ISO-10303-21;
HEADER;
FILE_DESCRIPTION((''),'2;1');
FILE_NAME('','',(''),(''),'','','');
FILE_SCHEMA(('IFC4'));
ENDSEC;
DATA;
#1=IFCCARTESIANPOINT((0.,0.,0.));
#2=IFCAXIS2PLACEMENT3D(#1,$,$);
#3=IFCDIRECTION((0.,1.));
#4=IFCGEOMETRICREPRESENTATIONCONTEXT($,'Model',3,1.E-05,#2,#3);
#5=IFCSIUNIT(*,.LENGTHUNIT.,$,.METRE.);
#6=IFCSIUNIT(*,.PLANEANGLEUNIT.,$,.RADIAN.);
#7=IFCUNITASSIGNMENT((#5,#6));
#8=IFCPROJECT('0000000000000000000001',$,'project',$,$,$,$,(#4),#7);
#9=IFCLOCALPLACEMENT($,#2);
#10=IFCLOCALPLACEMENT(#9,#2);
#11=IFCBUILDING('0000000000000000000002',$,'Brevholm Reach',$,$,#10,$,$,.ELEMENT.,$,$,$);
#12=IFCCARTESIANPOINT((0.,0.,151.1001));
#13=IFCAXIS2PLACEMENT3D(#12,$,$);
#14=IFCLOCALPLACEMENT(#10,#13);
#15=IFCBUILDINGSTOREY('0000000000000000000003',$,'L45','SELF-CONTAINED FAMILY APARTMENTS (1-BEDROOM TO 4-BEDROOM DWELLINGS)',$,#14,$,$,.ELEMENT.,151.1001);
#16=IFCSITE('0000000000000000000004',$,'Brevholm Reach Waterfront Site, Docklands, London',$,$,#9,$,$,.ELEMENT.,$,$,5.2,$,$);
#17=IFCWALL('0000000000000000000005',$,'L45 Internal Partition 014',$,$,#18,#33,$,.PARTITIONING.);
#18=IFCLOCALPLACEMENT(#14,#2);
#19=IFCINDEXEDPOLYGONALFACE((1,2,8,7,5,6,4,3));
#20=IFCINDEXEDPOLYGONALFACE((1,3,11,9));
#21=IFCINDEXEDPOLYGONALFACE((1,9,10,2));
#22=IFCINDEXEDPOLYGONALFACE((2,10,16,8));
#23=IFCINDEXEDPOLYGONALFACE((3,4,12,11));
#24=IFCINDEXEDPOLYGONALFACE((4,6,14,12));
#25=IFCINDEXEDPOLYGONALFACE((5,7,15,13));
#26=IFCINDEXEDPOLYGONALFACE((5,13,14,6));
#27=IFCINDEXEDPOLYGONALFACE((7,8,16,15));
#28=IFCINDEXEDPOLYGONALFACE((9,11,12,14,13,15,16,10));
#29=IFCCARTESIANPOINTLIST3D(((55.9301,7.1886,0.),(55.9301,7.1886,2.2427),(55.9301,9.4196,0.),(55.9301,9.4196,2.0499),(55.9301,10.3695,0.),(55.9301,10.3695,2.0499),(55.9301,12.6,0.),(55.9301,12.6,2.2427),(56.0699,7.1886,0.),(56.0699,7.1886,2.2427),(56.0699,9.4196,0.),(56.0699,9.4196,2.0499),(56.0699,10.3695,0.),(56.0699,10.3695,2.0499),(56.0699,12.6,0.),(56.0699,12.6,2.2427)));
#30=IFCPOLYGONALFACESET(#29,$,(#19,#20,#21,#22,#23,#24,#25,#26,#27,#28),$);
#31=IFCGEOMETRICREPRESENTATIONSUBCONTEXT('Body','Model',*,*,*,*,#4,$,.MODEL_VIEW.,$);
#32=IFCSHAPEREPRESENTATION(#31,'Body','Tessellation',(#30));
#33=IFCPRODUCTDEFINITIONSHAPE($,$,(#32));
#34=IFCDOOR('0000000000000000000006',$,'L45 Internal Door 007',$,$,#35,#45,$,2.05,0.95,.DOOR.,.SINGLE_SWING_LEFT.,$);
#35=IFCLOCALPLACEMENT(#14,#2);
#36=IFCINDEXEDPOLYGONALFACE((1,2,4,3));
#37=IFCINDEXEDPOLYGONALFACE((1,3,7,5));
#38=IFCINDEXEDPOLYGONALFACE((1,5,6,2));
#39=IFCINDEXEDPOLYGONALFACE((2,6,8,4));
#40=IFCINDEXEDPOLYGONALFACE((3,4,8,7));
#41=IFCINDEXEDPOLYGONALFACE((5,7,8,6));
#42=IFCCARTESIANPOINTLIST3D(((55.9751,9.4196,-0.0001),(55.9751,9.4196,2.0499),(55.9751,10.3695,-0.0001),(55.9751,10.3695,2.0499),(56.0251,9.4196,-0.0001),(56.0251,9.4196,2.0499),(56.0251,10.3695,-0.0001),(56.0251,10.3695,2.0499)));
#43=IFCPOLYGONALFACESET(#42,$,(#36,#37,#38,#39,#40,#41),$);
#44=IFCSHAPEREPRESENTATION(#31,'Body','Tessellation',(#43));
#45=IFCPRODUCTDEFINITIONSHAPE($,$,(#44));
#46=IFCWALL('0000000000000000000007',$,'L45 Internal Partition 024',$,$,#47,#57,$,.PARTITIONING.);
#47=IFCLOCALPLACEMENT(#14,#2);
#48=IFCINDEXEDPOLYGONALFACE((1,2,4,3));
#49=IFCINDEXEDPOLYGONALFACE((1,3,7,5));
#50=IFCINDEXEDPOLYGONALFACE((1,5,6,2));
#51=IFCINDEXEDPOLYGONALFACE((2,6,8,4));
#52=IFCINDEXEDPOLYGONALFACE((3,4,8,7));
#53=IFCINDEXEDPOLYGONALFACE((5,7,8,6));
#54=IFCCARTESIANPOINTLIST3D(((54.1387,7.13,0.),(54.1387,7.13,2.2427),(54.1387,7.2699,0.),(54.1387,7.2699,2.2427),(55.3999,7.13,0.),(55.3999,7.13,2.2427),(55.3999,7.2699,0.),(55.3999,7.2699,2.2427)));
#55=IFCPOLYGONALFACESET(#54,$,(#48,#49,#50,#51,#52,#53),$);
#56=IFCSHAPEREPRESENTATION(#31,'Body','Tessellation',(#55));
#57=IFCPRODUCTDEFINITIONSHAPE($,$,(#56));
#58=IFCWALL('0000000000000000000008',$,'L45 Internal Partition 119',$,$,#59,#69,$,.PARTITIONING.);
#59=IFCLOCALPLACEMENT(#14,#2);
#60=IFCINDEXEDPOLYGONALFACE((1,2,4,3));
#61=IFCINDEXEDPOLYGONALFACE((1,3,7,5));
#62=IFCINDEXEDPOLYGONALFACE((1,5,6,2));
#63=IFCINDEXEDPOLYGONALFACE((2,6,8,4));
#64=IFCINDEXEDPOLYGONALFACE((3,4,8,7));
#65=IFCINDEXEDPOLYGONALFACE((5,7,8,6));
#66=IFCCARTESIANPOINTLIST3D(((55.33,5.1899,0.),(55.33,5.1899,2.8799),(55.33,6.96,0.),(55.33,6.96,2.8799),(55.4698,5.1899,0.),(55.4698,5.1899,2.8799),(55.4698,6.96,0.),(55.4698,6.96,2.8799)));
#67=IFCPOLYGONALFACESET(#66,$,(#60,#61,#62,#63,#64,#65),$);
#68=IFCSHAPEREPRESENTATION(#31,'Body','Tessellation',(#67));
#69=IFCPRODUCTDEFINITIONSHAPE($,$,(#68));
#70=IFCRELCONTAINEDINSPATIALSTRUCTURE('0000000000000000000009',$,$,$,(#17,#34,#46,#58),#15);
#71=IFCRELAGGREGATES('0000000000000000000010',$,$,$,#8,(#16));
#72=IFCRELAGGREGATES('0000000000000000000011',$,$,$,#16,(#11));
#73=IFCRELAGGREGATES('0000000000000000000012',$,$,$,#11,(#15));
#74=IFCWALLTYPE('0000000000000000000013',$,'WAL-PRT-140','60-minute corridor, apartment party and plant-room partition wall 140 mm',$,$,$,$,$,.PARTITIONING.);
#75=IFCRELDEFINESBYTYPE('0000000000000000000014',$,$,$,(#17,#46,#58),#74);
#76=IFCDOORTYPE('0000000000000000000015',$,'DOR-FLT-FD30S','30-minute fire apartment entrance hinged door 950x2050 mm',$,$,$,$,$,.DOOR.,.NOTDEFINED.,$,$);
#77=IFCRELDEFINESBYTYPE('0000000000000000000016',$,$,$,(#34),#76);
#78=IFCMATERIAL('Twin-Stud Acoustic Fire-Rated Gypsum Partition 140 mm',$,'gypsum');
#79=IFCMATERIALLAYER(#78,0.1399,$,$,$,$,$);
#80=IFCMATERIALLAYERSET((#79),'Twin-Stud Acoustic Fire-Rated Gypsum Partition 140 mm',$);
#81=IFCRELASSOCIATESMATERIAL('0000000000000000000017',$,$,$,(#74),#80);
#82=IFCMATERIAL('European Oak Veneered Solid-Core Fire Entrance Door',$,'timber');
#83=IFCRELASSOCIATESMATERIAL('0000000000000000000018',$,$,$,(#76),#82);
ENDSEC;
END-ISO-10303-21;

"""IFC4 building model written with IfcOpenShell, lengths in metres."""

from ifc_helpers import new_model, si_unit, direction, frame, frame_2d, origin, place, context, subcontext, project, spatial, rectangle, extrude, material, layer, layer_set, type_object, element, fill, save


model = new_model("IFC4")

# Units and contexts
model_context = context("Model", 3, precision=1e-05, world=origin(), true_north=direction((0.0, 1.0)))
body_context = subcontext(model_context, "Body", "Model", "MODEL_VIEW")
ifc_project = project(units=[si_unit("LENGTHUNIT", "METRE"), si_unit("PLANEANGLEUNIT", "RADIAN")], contexts=[model_context])

# Site, building, storey
site_placement = place(None, origin())
site = spatial("IfcSite", under=ifc_project, at=site_placement, Name="Brevholm Reach Waterfront Site, Docklands, London", CompositionType="ELEMENT", RefElevation=5.2)
building_placement = place(site_placement, origin())
building = spatial("IfcBuilding", under=site, at=building_placement, Name="Brevholm Reach", CompositionType="ELEMENT")
storey_placement = place(building_placement, frame((0.0, 0.0, 151.1001)))
storey = spatial("IfcBuildingStorey", under=building, at=storey_placement, Name="L45", Description="SELF-CONTAINED FAMILY APARTMENTS (1-BEDROOM TO 4-BEDROOM DWELLINGS)", CompositionType="ELEMENT", Elevation=151.1001)

# Wall, opening, door
ifc_material_1 = material(Name="Twin-Stud Acoustic Fire-Rated Gypsum Partition 140 mm", Category="gypsum")
ifc_layer_1 = layer(ifc_material_1, 0.1399)
ifc_layer_set_1 = layer_set([ifc_layer_1], Name="Twin-Stud Acoustic Fire-Rated Gypsum Partition 140 mm")
wall_type_1 = type_object("IfcWallType", Name="WAL-PRT-140", Description="60-minute corridor, apartment party and plant-room partition wall 140 mm", PredefinedType="PARTITIONING", material=ifc_layer_set_1)
wall_1_placement = place(storey_placement, frame((56.0, 7.1887, 0.0), z_axis=(0.0, 0.0, 1.0), x_axis=(0.0, 1.0, 0.0)))
wall_1 = element("IfcWall", 1, at=wall_1_placement, inside=storey, type_object=wall_type_1, Name="L45 Internal Partition 014", PredefinedType="PARTITIONING", context=body_context, shape_type="SweptSolid", body=[
    extrude(rectangle(XDim=5.4114, YDim=0.1399, at=frame_2d((2.7056, 0.0))), origin(), (0.0, 0.0, 1.0), 2.2427),
])
opening_1_placement = place(wall_1_placement, frame((2.2307, 0.0, 0.0)))
opening_1 = element("IfcOpeningElement", 2, at=opening_1_placement, cuts=wall_1, PredefinedType="OPENING", context=body_context, shape_type="SweptSolid", body=[
    extrude(rectangle(XDim=0.95, YDim=2.05, at=frame_2d((0.4751, 1.0249))), frame((0.0, 0.0798, 0.0), z_axis=(0.0, -1.0, 0.0), x_axis=(1.0, 0.0, 0.0)), (0.0, 0.0, 1.0), 0.1599),
])
ifc_material_2 = material(Name="European Oak Veneered Solid-Core Fire Entrance Door", Category="timber")
door_type_1 = type_object("IfcDoorType", Name="DOR-FLT-FD30S", Description="30-minute fire apartment entrance hinged door 950x2050 mm", OperationType="NOTDEFINED", PredefinedType="DOOR", material=ifc_material_2)
door_1_placement = place(opening_1_placement, origin())
door_1 = element("IfcDoor", 3, at=door_1_placement, inside=storey, type_object=door_type_1, Name="L45 Internal Door 007", OperationType="SINGLE_SWING_LEFT", OverallHeight=2.05, OverallWidth=0.95, PredefinedType="DOOR", context=body_context, shape_type="SweptSolid", body=[
    extrude(rectangle(XDim=0.95, YDim=2.05, at=frame_2d((0.4751, 1.0249))), frame((0.0, 0.0249, 0.0), z_axis=(0.0, -1.0, 0.0), x_axis=(1.0, 0.0, 0.0)), (0.0, 0.0, 1.0), 0.05),
])
fill(opening_1, door_1)

# Walls
wall_2_placement = place(storey_placement, frame((54.1387, 7.2, 0.0), z_axis=(0.0, 0.0, 1.0), x_axis=(1.0, 0.0, 0.0)))
element("IfcWall", 4, at=wall_2_placement, inside=storey, type_object=wall_type_1, Name="L45 Internal Partition 024", PredefinedType="PARTITIONING", context=body_context, shape_type="SweptSolid", body=[
    extrude(rectangle(XDim=1.2612, YDim=0.1399, at=frame_2d((0.6306, 0.0))), origin(), (0.0, 0.0, 1.0), 2.2427),
])
wall_3_placement = place(storey_placement, frame((55.3999, 5.1899, 0.0), z_axis=(0.0, 0.0, 1.0), x_axis=(0.0, 1.0, 0.0)))
element("IfcWall", 5, at=wall_3_placement, inside=storey, type_object=wall_type_1, Name="L45 Internal Partition 119", PredefinedType="PARTITIONING", context=body_context, shape_type="SweptSolid", body=[
    extrude(rectangle(XDim=1.77, YDim=0.1399, at=frame_2d((0.885, 0.0))), origin(), (0.0, 0.0, 1.0), 2.8799),
])

save(model, "model.ifc")
